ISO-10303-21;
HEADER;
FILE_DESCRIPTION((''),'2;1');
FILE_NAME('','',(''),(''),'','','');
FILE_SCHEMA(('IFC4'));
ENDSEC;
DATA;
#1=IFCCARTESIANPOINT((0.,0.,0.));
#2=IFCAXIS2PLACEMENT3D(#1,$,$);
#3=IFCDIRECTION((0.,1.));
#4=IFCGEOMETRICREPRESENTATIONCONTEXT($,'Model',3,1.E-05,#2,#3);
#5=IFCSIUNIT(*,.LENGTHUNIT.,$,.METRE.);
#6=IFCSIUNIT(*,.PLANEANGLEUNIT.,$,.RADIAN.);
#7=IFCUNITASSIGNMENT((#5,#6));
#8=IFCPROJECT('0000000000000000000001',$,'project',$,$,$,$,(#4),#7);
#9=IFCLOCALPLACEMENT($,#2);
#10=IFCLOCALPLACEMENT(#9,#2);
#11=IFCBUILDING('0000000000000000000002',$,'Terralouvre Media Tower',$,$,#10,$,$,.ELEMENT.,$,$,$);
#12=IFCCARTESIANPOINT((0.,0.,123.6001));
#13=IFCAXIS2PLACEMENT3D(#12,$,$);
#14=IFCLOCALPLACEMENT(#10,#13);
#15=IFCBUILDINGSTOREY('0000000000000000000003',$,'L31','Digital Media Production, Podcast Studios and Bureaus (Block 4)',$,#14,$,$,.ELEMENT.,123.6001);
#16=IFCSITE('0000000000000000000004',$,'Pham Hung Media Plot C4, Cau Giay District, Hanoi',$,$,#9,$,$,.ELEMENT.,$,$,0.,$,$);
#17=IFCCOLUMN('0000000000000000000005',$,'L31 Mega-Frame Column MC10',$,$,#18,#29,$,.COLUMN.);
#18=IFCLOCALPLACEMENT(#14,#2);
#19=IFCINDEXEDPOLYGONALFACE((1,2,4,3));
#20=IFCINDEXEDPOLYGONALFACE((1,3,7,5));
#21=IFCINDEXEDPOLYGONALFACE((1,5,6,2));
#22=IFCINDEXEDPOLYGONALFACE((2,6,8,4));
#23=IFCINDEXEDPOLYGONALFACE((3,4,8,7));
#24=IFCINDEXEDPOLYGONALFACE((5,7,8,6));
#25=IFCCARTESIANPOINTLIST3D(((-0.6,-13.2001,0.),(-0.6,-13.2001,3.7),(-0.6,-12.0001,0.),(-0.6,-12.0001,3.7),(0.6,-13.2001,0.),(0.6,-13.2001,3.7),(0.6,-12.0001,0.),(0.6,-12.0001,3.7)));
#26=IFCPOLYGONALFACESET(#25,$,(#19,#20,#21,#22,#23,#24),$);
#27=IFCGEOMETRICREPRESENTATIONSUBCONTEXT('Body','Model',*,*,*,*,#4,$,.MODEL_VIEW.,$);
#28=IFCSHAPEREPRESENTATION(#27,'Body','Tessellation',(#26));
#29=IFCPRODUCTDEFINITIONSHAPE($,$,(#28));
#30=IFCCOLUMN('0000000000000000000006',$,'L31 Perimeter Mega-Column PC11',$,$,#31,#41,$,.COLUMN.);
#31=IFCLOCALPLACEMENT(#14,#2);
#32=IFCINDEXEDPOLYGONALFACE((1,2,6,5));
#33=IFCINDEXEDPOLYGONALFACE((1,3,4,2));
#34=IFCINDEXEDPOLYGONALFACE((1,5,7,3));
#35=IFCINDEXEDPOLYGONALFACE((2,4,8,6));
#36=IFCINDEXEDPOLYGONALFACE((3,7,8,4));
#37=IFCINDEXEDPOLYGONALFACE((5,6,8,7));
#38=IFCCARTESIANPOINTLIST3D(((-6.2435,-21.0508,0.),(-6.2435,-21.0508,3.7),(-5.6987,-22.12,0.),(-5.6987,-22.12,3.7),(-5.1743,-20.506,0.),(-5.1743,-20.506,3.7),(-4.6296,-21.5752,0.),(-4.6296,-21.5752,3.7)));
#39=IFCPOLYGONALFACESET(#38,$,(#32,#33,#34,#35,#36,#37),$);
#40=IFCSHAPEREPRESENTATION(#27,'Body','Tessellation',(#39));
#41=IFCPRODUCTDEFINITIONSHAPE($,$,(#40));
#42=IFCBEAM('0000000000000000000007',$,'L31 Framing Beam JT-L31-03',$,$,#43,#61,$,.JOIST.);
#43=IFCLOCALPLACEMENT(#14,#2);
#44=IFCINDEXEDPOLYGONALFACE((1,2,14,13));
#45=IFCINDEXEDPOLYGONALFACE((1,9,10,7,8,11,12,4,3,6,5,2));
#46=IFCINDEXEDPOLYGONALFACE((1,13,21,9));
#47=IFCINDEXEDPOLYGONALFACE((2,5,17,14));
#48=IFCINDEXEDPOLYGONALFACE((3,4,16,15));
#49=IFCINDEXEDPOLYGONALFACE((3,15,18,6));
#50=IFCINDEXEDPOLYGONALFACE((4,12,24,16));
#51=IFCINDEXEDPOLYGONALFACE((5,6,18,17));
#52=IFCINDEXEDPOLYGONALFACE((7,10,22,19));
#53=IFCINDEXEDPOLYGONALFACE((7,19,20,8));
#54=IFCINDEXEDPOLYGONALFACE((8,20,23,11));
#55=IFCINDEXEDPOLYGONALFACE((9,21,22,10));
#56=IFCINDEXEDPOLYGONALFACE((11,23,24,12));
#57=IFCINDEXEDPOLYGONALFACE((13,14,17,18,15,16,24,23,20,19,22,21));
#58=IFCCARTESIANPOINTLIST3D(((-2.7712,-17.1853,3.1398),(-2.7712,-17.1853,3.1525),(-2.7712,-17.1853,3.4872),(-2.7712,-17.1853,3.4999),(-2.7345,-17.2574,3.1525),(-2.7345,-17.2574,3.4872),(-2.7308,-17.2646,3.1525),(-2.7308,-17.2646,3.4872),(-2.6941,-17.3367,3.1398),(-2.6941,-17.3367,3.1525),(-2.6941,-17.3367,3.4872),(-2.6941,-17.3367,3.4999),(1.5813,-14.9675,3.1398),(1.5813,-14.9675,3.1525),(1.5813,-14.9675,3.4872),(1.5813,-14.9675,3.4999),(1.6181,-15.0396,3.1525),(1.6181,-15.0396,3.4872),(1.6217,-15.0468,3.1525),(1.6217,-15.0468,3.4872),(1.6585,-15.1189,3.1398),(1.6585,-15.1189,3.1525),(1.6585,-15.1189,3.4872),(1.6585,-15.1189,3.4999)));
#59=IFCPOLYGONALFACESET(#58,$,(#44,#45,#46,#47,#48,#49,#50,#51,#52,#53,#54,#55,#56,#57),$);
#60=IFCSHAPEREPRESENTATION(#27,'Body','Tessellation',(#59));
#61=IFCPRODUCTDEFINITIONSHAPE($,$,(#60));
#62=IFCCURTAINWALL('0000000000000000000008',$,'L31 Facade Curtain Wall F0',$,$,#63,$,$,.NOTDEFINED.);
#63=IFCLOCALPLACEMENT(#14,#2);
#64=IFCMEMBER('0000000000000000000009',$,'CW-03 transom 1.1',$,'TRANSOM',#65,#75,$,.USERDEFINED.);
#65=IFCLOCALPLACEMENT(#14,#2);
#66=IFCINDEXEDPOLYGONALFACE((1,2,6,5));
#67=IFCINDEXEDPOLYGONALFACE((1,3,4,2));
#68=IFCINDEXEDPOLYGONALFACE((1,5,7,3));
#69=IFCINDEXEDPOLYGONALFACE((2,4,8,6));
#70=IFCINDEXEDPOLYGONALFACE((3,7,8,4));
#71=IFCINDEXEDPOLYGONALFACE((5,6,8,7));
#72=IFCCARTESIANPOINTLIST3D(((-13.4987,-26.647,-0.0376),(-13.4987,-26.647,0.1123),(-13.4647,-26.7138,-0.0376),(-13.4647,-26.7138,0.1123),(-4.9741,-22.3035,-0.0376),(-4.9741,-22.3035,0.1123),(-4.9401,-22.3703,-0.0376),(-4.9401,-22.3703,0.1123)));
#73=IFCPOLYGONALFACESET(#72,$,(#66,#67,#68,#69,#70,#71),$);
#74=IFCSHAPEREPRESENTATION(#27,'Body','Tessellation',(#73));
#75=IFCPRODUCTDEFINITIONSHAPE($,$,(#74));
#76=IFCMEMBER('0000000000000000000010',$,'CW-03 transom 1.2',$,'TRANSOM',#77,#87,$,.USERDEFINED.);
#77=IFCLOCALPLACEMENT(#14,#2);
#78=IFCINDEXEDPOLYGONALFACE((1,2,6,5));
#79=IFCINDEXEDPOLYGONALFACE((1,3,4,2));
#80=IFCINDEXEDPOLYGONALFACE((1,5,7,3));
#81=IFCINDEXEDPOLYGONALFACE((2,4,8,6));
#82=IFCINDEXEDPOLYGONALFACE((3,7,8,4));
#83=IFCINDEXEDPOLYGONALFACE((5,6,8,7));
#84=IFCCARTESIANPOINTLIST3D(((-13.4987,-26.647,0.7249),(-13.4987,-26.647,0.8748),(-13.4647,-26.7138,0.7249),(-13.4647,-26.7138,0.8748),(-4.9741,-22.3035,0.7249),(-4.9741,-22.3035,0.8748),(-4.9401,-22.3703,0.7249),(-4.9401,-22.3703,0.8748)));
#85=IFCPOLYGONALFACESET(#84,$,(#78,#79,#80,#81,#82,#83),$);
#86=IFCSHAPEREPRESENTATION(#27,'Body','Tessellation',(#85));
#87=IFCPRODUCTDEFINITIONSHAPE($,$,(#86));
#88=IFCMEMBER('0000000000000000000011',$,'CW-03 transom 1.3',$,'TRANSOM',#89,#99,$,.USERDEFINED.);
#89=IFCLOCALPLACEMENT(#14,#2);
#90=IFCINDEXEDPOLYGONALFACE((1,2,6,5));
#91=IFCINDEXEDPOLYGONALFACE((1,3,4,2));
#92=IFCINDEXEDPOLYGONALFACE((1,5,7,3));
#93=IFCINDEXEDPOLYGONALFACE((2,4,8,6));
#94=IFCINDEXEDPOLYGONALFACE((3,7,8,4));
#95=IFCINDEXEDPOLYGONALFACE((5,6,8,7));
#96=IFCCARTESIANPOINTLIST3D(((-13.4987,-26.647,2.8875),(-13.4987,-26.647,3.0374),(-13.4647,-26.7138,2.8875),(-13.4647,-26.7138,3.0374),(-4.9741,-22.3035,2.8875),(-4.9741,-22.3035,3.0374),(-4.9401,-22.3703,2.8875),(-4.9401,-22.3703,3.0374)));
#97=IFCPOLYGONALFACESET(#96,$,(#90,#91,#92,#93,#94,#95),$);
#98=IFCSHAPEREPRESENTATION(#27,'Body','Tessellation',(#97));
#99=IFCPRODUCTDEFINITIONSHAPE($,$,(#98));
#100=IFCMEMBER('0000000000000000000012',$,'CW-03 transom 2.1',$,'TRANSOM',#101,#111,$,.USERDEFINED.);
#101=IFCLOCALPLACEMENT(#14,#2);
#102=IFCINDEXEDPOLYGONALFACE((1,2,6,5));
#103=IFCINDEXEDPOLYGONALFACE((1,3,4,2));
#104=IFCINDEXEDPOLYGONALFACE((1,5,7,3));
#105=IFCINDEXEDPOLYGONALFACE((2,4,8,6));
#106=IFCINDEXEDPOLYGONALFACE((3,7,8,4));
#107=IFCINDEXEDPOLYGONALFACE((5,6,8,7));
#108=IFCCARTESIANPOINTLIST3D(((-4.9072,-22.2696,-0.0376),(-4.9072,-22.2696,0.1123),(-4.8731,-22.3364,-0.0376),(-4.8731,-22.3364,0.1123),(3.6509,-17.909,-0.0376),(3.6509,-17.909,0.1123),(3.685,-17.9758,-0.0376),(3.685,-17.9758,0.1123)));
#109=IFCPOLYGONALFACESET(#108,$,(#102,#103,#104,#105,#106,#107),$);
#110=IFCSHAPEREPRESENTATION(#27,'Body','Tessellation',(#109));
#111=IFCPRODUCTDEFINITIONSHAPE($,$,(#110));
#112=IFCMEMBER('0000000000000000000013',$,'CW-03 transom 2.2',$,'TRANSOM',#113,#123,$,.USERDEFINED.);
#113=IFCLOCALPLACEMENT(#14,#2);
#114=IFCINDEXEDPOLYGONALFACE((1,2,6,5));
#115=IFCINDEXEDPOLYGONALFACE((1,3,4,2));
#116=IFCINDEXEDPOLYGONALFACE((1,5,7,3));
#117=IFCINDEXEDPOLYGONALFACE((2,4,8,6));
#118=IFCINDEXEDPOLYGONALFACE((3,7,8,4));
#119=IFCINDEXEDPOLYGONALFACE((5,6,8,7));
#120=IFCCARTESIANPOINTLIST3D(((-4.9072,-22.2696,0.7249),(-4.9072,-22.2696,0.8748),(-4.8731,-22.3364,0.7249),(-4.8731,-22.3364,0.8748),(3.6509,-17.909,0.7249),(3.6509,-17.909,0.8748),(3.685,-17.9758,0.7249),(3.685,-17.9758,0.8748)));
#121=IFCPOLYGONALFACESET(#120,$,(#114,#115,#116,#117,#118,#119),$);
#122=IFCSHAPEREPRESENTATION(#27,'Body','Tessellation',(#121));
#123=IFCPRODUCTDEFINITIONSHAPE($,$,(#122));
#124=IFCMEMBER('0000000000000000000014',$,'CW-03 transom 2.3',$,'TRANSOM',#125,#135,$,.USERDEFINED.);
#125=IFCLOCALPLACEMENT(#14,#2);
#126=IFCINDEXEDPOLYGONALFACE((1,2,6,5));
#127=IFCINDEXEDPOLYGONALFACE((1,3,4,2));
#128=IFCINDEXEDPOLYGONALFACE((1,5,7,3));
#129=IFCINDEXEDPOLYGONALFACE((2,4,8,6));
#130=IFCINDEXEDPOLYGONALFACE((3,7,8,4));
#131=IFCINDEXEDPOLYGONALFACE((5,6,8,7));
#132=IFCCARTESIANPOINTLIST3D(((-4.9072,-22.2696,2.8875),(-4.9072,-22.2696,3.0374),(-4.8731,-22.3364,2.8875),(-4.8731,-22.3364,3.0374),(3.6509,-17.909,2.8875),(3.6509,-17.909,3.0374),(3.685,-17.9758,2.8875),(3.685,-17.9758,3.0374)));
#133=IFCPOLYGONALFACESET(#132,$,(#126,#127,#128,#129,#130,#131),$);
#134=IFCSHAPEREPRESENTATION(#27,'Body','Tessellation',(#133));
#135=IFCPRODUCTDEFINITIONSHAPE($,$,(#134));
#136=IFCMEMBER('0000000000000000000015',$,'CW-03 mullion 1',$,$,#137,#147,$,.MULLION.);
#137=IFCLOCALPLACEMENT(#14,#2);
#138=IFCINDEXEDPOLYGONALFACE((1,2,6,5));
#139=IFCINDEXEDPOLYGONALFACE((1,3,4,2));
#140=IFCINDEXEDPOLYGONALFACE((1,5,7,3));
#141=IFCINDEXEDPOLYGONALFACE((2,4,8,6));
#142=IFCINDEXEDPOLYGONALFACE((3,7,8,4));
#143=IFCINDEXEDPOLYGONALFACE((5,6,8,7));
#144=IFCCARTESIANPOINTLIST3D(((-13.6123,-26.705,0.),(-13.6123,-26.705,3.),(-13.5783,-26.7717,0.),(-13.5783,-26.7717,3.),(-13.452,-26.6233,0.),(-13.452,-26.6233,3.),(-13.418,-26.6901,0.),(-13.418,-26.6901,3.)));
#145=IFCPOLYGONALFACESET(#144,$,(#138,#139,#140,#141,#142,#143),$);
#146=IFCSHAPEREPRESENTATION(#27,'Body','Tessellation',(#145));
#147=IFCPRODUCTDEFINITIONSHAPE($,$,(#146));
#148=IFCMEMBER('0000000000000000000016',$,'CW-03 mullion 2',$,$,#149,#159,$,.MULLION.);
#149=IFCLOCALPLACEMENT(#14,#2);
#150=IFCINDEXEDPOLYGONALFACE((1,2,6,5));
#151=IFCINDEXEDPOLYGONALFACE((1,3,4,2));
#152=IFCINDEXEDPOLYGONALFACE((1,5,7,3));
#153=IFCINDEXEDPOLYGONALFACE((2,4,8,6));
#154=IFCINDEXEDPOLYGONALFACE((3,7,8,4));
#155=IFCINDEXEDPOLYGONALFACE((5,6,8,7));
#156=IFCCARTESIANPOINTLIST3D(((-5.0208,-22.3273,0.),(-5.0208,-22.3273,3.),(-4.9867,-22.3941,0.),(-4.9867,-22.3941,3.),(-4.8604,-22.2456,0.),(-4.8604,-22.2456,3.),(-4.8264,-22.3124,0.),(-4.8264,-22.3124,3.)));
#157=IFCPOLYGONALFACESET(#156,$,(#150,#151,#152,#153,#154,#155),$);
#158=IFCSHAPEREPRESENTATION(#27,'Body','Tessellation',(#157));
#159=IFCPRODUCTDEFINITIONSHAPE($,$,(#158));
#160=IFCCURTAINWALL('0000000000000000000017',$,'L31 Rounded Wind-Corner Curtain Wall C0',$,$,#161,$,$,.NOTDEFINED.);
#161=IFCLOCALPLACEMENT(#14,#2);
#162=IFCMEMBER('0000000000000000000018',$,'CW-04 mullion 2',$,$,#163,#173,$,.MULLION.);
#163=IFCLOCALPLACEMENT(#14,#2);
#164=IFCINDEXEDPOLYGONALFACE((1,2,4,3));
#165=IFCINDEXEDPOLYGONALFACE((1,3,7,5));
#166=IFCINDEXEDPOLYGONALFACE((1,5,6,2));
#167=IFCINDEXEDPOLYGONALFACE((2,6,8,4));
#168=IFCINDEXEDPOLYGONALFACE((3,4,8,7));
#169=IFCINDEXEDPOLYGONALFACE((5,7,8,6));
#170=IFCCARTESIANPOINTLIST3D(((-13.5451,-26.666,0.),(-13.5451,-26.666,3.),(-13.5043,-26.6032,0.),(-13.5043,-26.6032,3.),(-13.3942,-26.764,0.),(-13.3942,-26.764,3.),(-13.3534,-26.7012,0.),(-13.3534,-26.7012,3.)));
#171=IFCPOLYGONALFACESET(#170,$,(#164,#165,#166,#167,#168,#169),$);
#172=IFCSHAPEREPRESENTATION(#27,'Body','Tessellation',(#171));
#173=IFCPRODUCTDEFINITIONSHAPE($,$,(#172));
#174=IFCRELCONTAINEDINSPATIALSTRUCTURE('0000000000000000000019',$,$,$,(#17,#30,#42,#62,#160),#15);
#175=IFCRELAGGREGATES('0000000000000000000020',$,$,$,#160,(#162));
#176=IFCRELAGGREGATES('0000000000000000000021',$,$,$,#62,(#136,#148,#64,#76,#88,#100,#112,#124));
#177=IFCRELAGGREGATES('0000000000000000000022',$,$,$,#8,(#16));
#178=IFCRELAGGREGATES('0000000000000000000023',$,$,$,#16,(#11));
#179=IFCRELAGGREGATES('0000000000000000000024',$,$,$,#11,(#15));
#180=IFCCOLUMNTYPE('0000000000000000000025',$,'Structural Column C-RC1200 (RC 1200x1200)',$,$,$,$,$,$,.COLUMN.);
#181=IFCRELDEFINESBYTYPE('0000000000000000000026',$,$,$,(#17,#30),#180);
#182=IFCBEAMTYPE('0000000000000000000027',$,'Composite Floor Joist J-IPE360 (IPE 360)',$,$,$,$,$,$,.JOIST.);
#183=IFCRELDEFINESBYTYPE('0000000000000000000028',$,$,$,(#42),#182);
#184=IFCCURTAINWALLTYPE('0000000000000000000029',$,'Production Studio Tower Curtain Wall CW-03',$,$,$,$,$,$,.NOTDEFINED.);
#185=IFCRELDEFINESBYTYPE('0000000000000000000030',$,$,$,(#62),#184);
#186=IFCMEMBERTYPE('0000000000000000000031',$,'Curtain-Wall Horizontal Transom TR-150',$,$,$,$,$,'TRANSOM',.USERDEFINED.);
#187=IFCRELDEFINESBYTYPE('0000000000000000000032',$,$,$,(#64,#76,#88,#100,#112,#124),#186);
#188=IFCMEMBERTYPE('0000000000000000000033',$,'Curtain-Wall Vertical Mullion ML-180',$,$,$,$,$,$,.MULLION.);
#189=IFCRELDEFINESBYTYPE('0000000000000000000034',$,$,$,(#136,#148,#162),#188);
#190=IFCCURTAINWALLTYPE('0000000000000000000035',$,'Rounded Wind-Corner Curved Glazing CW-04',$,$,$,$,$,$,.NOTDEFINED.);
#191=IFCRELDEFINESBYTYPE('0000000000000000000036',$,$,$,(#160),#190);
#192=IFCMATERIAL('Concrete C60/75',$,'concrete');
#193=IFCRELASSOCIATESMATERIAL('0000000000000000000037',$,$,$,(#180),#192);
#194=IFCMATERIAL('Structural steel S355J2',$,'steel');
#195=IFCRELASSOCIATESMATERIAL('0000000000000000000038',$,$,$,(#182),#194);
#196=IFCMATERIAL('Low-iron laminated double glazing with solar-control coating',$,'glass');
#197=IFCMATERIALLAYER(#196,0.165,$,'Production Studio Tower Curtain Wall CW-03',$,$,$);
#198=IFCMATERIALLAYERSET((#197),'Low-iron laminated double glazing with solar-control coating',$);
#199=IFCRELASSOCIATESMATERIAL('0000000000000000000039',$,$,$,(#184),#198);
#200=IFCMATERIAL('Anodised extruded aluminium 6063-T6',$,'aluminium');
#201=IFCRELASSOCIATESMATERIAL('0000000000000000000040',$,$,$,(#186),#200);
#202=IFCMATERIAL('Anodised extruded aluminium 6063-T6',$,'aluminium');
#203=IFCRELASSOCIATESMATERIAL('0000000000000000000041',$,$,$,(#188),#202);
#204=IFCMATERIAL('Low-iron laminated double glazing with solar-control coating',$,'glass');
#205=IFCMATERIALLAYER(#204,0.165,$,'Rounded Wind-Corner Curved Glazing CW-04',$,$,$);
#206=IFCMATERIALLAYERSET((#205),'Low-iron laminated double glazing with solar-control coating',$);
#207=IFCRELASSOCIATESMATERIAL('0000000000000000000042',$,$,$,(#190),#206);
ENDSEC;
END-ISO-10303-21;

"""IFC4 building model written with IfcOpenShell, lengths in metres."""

from ifc_helpers import new_model, si_unit, direction, frame, origin, origin_2d, place, context, subcontext, project, spatial, rectangle, i_section, extrude, material, layer, layer_set, material_profile, profile_set, type_object, element, aggregate, save


model = new_model("IFC4")

# Units and contexts
model_context = context("Model", 3, precision=1e-05, world=origin(), true_north=direction((0.0, 1.0)))
body_context = subcontext(model_context, "Body", "Model", "MODEL_VIEW")
ifc_project = project(units=[si_unit("LENGTHUNIT", "METRE"), si_unit("PLANEANGLEUNIT", "RADIAN")], contexts=[model_context])

# Site, building, storey
site_placement = place(None, origin())
site = spatial("IfcSite", under=ifc_project, at=site_placement, Name="Pham Hung Media Plot C4, Cau Giay District, Hanoi", CompositionType="ELEMENT", RefElevation=0.0)
building_placement = place(site_placement, origin())
building = spatial("IfcBuilding", under=site, at=building_placement, Name="Terralouvre Media Tower", CompositionType="ELEMENT")
storey_placement = place(building_placement, frame((0.0, 0.0, 123.6001)))
storey = spatial("IfcBuildingStorey", under=building, at=storey_placement, Name="L31", Description="Digital Media Production, Podcast Studios and Bureaus (Block 4)", CompositionType="ELEMENT", Elevation=123.6001)

# Columns
ifc_material_1 = material(Name="Concrete C60/75", Category="concrete")
ifc_material_profile_1 = material_profile(ifc_material_1, rectangle(XDim=1.2, YDim=1.2, at=origin_2d()), Name="RC 1200x1200")
ifc_profile_set_1 = profile_set([ifc_material_profile_1], Name="Concrete C60/75")
column_type = type_object("IfcColumnType", Name="Structural Column C-RC1200 (RC 1200x1200)", PredefinedType="COLUMN", material=ifc_profile_set_1)
for number, where, z_axis, x_axis, name in (
    (1, (0.0, -12.6001, 0.0), (0.0, 0.0, 1.0), (1.0, 0.0, 0.0), "L31 Mega-Frame Column MC10"),
    (2, (-5.4365, -21.313, 0.0), (0.0, 0.0, 1.0), (0.891007, 0.45399, 0.0), "L31 Perimeter Mega-Column PC11"),
):
    element("IfcColumn", number, at=place(storey_placement, frame(where, z_axis=z_axis, x_axis=x_axis)), inside=storey, type_object=column_type, Name=name, PredefinedType="COLUMN", context=body_context, shape_type="SweptSolid", body=[
        extrude(rectangle(XDim=1.2, YDim=1.2, at=origin_2d()), origin(), (0.0, 0.0, 1.0), 3.7),
    ])

# Beam
ifc_material_2 = material(Name="Structural steel S355J2", Category="steel")
ifc_material_profile_2 = material_profile(ifc_material_2, i_section(OverallWidth=0.1699, OverallDepth=0.3601, WebThickness=0.0081, FlangeThickness=0.0127, at=origin_2d()), Name="IPE 360")
ifc_profile_set_2 = profile_set([ifc_material_profile_2], Name="Structural steel S355J2")
beam_type_1 = type_object("IfcBeamType", Name="Composite Floor Joist J-IPE360 (IPE 360)", PredefinedType="JOIST", material=ifc_profile_set_2)
beam_1_placement = place(storey_placement, frame((-2.7327, -17.261, 3.3198), z_axis=(0.891003, 0.453998, 0.0), x_axis=(-0.453998, 0.891003, 0.0)))
element("IfcBeam", 3, at=beam_1_placement, inside=storey, type_object=beam_type_1, Name="L31 Framing Beam JT-L31-03", PredefinedType="JOIST", context=body_context, shape_type="SweptSolid", body=[
    extrude(i_section(OverallWidth=0.1699, OverallDepth=0.3601, WebThickness=0.0081, FlangeThickness=0.0127, at=origin_2d()), origin(), (0.0, 0.0, 1.0), 4.885),
])

# Curtain wall, members
ifc_material_3 = material(Name="Low-iron laminated double glazing with solar-control coating", Category="glass")
ifc_layer_1 = layer(ifc_material_3, 0.165, Name="Production Studio Tower Curtain Wall CW-03")
ifc_layer_set_1 = layer_set([ifc_layer_1], Name="Low-iron laminated double glazing with solar-control coating")
curtain_wall_type_1 = type_object("IfcCurtainWallType", Name="Production Studio Tower Curtain Wall CW-03", PredefinedType="NOTDEFINED", material=ifc_layer_set_1)
curtain_wall_1_placement = place(storey_placement, origin())
curtain_wall_1 = element("IfcCurtainWall", 4, at=curtain_wall_1_placement, inside=storey, type_object=curtain_wall_type_1, Name="L31 Facade Curtain Wall F0", PredefinedType="NOTDEFINED")
ifc_material_4 = material(Name="Anodised extruded aluminium 6063-T6", Category="aluminium")
ifc_material_profile_3 = material_profile(ifc_material_4, rectangle(XDim=0.075, YDim=0.1499, at=origin_2d()), Name="ALU 75x150")
ifc_profile_set_3 = profile_set([ifc_material_profile_3], Name="Anodised extruded aluminium 6063-T6")
member_type_1 = type_object("IfcMemberType", Name="Curtain-Wall Horizontal Transom TR-150", ElementType="TRANSOM", PredefinedType="USERDEFINED", material=ifc_profile_set_3)
member_1_placement = place(storey_placement, frame((-13.4817, -26.6804, 0.0374), z_axis=(0.891008, 0.453988, 0.0), x_axis=(-0.453988, 0.891008, 0.0)))
member_1 = element("IfcMember", 5, at=member_1_placement, type_object=member_type_1, Name="CW-03 transom 1.1", ObjectType="TRANSOM", PredefinedType="USERDEFINED", context=body_context, shape_type="SweptSolid", body=[
    extrude(rectangle(XDim=0.075, YDim=0.1499, at=origin_2d()), origin(), (0.0, 0.0, 1.0), 9.5674),
])
member_2_placement = place(storey_placement, frame((-13.4817, -26.6804, 0.7998), z_axis=(0.891008, 0.453988, 0.0), x_axis=(-0.453988, 0.891008, 0.0)))
member_2 = element("IfcMember", 6, at=member_2_placement, type_object=member_type_1, Name="CW-03 transom 1.2", ObjectType="TRANSOM", PredefinedType="USERDEFINED", context=body_context, shape_type="SweptSolid", body=[
    extrude(rectangle(XDim=0.075, YDim=0.1499, at=origin_2d()), origin(), (0.0, 0.0, 1.0), 9.5674),
])
member_3_placement = place(storey_placement, frame((-13.4817, -26.6804, 2.9624), z_axis=(0.891008, 0.453988, 0.0), x_axis=(-0.453988, 0.891008, 0.0)))
member_3 = element("IfcMember", 7, at=member_3_placement, type_object=member_type_1, Name="CW-03 transom 1.3", ObjectType="TRANSOM", PredefinedType="USERDEFINED", context=body_context, shape_type="SweptSolid", body=[
    extrude(rectangle(XDim=0.075, YDim=0.1499, at=origin_2d()), origin(), (0.0, 0.0, 1.0), 9.5674),
])
member_4_placement = place(storey_placement, frame((-4.8901, -22.303, 0.0374), z_axis=(0.891006, 0.453992, 0.0), x_axis=(-0.453992, 0.891006, 0.0)))
member_4 = element("IfcMember", 8, at=member_4_placement, type_object=member_type_1, Name="CW-03 transom 2.1", ObjectType="TRANSOM", PredefinedType="USERDEFINED", context=body_context, shape_type="SweptSolid", body=[
    extrude(rectangle(XDim=0.075, YDim=0.1499, at=origin_2d()), origin(), (0.0, 0.0, 1.0), 9.605),
])
member_5_placement = place(storey_placement, frame((-4.8901, -22.303, 0.7998), z_axis=(0.891006, 0.453992, 0.0), x_axis=(-0.453992, 0.891006, 0.0)))
member_5 = element("IfcMember", 9, at=member_5_placement, type_object=member_type_1, Name="CW-03 transom 2.2", ObjectType="TRANSOM", PredefinedType="USERDEFINED", context=body_context, shape_type="SweptSolid", body=[
    extrude(rectangle(XDim=0.075, YDim=0.1499, at=origin_2d()), origin(), (0.0, 0.0, 1.0), 9.605),
])
member_6_placement = place(storey_placement, frame((-4.8901, -22.303, 2.9624), z_axis=(0.891006, 0.453992, 0.0), x_axis=(-0.453992, 0.891006, 0.0)))
member_6 = element("IfcMember", 10, at=member_6_placement, type_object=member_type_1, Name="CW-03 transom 2.3", ObjectType="TRANSOM", PredefinedType="USERDEFINED", context=body_context, shape_type="SweptSolid", body=[
    extrude(rectangle(XDim=0.075, YDim=0.1499, at=origin_2d()), origin(), (0.0, 0.0, 1.0), 9.605),
])
ifc_material_5 = material(Name="Anodised extruded aluminium 6063-T6", Category="aluminium")
ifc_material_profile_4 = material_profile(ifc_material_5, rectangle(XDim=0.075, YDim=0.1799, at=origin_2d()), Name="ALU 75x180")
ifc_profile_set_4 = profile_set([ifc_material_profile_4], Name="Anodised extruded aluminium 6063-T6")
member_type_2 = type_object("IfcMemberType", Name="Curtain-Wall Vertical Mullion ML-180", PredefinedType="MULLION", material=ifc_profile_set_4)
member_7_placement = place(storey_placement, frame((-13.5151, -26.6975, 0.0), z_axis=(0.0, 0.0, 1.0), x_axis=(-0.453991, 0.891007, 0.0)))
member_7 = element("IfcMember", 11, at=member_7_placement, type_object=member_type_2, Name="CW-03 mullion 1", PredefinedType="MULLION", context=body_context, shape_type="SweptSolid", body=[
    extrude(rectangle(XDim=0.075, YDim=0.1799, at=origin_2d()), origin(), (0.0, 0.0, 1.0), 3.0),
])
member_8_placement = place(storey_placement, frame((-4.9236, -22.3198, 0.0), z_axis=(0.0, 0.0, 1.0), x_axis=(-0.453991, 0.891007, 0.0)))
member_8 = element("IfcMember", 12, at=member_8_placement, type_object=member_type_2, Name="CW-03 mullion 2", PredefinedType="MULLION", context=body_context, shape_type="SweptSolid", body=[
    extrude(rectangle(XDim=0.075, YDim=0.1799, at=origin_2d()), origin(), (0.0, 0.0, 1.0), 3.0),
])

# Curtain wall, member
ifc_material_6 = material(Name="Low-iron laminated double glazing with solar-control coating", Category="glass")
ifc_layer_2 = layer(ifc_material_6, 0.165, Name="Rounded Wind-Corner Curved Glazing CW-04")
ifc_layer_set_2 = layer_set([ifc_layer_2], Name="Low-iron laminated double glazing with solar-control coating")
curtain_wall_type_2 = type_object("IfcCurtainWallType", Name="Rounded Wind-Corner Curved Glazing CW-04", PredefinedType="NOTDEFINED", material=ifc_layer_set_2)
curtain_wall_2_placement = place(storey_placement, origin())
curtain_wall_2 = element("IfcCurtainWall", 13, at=curtain_wall_2_placement, inside=storey, type_object=curtain_wall_type_2, Name="L31 Rounded Wind-Corner Curtain Wall C0", PredefinedType="NOTDEFINED")
member_9_placement = place(storey_placement, frame((-13.4492, -26.6836, 0.0), z_axis=(0.0, 0.0, 1.0), x_axis=(0.544639, 0.83867, 0.0)))
member_9 = element("IfcMember", 14, at=member_9_placement, type_object=member_type_2, Name="CW-04 mullion 2", PredefinedType="MULLION", context=body_context, shape_type="SweptSolid", body=[
    extrude(rectangle(XDim=0.075, YDim=0.1799, at=origin_2d()), origin(), (0.0, 0.0, 1.0), 3.0),
])
aggregate(curtain_wall_2, [member_9])

aggregate(curtain_wall_1, [member_7, member_8, member_1, member_2, member_3, member_4, member_5, member_6])

save(model, "model.ifc")
